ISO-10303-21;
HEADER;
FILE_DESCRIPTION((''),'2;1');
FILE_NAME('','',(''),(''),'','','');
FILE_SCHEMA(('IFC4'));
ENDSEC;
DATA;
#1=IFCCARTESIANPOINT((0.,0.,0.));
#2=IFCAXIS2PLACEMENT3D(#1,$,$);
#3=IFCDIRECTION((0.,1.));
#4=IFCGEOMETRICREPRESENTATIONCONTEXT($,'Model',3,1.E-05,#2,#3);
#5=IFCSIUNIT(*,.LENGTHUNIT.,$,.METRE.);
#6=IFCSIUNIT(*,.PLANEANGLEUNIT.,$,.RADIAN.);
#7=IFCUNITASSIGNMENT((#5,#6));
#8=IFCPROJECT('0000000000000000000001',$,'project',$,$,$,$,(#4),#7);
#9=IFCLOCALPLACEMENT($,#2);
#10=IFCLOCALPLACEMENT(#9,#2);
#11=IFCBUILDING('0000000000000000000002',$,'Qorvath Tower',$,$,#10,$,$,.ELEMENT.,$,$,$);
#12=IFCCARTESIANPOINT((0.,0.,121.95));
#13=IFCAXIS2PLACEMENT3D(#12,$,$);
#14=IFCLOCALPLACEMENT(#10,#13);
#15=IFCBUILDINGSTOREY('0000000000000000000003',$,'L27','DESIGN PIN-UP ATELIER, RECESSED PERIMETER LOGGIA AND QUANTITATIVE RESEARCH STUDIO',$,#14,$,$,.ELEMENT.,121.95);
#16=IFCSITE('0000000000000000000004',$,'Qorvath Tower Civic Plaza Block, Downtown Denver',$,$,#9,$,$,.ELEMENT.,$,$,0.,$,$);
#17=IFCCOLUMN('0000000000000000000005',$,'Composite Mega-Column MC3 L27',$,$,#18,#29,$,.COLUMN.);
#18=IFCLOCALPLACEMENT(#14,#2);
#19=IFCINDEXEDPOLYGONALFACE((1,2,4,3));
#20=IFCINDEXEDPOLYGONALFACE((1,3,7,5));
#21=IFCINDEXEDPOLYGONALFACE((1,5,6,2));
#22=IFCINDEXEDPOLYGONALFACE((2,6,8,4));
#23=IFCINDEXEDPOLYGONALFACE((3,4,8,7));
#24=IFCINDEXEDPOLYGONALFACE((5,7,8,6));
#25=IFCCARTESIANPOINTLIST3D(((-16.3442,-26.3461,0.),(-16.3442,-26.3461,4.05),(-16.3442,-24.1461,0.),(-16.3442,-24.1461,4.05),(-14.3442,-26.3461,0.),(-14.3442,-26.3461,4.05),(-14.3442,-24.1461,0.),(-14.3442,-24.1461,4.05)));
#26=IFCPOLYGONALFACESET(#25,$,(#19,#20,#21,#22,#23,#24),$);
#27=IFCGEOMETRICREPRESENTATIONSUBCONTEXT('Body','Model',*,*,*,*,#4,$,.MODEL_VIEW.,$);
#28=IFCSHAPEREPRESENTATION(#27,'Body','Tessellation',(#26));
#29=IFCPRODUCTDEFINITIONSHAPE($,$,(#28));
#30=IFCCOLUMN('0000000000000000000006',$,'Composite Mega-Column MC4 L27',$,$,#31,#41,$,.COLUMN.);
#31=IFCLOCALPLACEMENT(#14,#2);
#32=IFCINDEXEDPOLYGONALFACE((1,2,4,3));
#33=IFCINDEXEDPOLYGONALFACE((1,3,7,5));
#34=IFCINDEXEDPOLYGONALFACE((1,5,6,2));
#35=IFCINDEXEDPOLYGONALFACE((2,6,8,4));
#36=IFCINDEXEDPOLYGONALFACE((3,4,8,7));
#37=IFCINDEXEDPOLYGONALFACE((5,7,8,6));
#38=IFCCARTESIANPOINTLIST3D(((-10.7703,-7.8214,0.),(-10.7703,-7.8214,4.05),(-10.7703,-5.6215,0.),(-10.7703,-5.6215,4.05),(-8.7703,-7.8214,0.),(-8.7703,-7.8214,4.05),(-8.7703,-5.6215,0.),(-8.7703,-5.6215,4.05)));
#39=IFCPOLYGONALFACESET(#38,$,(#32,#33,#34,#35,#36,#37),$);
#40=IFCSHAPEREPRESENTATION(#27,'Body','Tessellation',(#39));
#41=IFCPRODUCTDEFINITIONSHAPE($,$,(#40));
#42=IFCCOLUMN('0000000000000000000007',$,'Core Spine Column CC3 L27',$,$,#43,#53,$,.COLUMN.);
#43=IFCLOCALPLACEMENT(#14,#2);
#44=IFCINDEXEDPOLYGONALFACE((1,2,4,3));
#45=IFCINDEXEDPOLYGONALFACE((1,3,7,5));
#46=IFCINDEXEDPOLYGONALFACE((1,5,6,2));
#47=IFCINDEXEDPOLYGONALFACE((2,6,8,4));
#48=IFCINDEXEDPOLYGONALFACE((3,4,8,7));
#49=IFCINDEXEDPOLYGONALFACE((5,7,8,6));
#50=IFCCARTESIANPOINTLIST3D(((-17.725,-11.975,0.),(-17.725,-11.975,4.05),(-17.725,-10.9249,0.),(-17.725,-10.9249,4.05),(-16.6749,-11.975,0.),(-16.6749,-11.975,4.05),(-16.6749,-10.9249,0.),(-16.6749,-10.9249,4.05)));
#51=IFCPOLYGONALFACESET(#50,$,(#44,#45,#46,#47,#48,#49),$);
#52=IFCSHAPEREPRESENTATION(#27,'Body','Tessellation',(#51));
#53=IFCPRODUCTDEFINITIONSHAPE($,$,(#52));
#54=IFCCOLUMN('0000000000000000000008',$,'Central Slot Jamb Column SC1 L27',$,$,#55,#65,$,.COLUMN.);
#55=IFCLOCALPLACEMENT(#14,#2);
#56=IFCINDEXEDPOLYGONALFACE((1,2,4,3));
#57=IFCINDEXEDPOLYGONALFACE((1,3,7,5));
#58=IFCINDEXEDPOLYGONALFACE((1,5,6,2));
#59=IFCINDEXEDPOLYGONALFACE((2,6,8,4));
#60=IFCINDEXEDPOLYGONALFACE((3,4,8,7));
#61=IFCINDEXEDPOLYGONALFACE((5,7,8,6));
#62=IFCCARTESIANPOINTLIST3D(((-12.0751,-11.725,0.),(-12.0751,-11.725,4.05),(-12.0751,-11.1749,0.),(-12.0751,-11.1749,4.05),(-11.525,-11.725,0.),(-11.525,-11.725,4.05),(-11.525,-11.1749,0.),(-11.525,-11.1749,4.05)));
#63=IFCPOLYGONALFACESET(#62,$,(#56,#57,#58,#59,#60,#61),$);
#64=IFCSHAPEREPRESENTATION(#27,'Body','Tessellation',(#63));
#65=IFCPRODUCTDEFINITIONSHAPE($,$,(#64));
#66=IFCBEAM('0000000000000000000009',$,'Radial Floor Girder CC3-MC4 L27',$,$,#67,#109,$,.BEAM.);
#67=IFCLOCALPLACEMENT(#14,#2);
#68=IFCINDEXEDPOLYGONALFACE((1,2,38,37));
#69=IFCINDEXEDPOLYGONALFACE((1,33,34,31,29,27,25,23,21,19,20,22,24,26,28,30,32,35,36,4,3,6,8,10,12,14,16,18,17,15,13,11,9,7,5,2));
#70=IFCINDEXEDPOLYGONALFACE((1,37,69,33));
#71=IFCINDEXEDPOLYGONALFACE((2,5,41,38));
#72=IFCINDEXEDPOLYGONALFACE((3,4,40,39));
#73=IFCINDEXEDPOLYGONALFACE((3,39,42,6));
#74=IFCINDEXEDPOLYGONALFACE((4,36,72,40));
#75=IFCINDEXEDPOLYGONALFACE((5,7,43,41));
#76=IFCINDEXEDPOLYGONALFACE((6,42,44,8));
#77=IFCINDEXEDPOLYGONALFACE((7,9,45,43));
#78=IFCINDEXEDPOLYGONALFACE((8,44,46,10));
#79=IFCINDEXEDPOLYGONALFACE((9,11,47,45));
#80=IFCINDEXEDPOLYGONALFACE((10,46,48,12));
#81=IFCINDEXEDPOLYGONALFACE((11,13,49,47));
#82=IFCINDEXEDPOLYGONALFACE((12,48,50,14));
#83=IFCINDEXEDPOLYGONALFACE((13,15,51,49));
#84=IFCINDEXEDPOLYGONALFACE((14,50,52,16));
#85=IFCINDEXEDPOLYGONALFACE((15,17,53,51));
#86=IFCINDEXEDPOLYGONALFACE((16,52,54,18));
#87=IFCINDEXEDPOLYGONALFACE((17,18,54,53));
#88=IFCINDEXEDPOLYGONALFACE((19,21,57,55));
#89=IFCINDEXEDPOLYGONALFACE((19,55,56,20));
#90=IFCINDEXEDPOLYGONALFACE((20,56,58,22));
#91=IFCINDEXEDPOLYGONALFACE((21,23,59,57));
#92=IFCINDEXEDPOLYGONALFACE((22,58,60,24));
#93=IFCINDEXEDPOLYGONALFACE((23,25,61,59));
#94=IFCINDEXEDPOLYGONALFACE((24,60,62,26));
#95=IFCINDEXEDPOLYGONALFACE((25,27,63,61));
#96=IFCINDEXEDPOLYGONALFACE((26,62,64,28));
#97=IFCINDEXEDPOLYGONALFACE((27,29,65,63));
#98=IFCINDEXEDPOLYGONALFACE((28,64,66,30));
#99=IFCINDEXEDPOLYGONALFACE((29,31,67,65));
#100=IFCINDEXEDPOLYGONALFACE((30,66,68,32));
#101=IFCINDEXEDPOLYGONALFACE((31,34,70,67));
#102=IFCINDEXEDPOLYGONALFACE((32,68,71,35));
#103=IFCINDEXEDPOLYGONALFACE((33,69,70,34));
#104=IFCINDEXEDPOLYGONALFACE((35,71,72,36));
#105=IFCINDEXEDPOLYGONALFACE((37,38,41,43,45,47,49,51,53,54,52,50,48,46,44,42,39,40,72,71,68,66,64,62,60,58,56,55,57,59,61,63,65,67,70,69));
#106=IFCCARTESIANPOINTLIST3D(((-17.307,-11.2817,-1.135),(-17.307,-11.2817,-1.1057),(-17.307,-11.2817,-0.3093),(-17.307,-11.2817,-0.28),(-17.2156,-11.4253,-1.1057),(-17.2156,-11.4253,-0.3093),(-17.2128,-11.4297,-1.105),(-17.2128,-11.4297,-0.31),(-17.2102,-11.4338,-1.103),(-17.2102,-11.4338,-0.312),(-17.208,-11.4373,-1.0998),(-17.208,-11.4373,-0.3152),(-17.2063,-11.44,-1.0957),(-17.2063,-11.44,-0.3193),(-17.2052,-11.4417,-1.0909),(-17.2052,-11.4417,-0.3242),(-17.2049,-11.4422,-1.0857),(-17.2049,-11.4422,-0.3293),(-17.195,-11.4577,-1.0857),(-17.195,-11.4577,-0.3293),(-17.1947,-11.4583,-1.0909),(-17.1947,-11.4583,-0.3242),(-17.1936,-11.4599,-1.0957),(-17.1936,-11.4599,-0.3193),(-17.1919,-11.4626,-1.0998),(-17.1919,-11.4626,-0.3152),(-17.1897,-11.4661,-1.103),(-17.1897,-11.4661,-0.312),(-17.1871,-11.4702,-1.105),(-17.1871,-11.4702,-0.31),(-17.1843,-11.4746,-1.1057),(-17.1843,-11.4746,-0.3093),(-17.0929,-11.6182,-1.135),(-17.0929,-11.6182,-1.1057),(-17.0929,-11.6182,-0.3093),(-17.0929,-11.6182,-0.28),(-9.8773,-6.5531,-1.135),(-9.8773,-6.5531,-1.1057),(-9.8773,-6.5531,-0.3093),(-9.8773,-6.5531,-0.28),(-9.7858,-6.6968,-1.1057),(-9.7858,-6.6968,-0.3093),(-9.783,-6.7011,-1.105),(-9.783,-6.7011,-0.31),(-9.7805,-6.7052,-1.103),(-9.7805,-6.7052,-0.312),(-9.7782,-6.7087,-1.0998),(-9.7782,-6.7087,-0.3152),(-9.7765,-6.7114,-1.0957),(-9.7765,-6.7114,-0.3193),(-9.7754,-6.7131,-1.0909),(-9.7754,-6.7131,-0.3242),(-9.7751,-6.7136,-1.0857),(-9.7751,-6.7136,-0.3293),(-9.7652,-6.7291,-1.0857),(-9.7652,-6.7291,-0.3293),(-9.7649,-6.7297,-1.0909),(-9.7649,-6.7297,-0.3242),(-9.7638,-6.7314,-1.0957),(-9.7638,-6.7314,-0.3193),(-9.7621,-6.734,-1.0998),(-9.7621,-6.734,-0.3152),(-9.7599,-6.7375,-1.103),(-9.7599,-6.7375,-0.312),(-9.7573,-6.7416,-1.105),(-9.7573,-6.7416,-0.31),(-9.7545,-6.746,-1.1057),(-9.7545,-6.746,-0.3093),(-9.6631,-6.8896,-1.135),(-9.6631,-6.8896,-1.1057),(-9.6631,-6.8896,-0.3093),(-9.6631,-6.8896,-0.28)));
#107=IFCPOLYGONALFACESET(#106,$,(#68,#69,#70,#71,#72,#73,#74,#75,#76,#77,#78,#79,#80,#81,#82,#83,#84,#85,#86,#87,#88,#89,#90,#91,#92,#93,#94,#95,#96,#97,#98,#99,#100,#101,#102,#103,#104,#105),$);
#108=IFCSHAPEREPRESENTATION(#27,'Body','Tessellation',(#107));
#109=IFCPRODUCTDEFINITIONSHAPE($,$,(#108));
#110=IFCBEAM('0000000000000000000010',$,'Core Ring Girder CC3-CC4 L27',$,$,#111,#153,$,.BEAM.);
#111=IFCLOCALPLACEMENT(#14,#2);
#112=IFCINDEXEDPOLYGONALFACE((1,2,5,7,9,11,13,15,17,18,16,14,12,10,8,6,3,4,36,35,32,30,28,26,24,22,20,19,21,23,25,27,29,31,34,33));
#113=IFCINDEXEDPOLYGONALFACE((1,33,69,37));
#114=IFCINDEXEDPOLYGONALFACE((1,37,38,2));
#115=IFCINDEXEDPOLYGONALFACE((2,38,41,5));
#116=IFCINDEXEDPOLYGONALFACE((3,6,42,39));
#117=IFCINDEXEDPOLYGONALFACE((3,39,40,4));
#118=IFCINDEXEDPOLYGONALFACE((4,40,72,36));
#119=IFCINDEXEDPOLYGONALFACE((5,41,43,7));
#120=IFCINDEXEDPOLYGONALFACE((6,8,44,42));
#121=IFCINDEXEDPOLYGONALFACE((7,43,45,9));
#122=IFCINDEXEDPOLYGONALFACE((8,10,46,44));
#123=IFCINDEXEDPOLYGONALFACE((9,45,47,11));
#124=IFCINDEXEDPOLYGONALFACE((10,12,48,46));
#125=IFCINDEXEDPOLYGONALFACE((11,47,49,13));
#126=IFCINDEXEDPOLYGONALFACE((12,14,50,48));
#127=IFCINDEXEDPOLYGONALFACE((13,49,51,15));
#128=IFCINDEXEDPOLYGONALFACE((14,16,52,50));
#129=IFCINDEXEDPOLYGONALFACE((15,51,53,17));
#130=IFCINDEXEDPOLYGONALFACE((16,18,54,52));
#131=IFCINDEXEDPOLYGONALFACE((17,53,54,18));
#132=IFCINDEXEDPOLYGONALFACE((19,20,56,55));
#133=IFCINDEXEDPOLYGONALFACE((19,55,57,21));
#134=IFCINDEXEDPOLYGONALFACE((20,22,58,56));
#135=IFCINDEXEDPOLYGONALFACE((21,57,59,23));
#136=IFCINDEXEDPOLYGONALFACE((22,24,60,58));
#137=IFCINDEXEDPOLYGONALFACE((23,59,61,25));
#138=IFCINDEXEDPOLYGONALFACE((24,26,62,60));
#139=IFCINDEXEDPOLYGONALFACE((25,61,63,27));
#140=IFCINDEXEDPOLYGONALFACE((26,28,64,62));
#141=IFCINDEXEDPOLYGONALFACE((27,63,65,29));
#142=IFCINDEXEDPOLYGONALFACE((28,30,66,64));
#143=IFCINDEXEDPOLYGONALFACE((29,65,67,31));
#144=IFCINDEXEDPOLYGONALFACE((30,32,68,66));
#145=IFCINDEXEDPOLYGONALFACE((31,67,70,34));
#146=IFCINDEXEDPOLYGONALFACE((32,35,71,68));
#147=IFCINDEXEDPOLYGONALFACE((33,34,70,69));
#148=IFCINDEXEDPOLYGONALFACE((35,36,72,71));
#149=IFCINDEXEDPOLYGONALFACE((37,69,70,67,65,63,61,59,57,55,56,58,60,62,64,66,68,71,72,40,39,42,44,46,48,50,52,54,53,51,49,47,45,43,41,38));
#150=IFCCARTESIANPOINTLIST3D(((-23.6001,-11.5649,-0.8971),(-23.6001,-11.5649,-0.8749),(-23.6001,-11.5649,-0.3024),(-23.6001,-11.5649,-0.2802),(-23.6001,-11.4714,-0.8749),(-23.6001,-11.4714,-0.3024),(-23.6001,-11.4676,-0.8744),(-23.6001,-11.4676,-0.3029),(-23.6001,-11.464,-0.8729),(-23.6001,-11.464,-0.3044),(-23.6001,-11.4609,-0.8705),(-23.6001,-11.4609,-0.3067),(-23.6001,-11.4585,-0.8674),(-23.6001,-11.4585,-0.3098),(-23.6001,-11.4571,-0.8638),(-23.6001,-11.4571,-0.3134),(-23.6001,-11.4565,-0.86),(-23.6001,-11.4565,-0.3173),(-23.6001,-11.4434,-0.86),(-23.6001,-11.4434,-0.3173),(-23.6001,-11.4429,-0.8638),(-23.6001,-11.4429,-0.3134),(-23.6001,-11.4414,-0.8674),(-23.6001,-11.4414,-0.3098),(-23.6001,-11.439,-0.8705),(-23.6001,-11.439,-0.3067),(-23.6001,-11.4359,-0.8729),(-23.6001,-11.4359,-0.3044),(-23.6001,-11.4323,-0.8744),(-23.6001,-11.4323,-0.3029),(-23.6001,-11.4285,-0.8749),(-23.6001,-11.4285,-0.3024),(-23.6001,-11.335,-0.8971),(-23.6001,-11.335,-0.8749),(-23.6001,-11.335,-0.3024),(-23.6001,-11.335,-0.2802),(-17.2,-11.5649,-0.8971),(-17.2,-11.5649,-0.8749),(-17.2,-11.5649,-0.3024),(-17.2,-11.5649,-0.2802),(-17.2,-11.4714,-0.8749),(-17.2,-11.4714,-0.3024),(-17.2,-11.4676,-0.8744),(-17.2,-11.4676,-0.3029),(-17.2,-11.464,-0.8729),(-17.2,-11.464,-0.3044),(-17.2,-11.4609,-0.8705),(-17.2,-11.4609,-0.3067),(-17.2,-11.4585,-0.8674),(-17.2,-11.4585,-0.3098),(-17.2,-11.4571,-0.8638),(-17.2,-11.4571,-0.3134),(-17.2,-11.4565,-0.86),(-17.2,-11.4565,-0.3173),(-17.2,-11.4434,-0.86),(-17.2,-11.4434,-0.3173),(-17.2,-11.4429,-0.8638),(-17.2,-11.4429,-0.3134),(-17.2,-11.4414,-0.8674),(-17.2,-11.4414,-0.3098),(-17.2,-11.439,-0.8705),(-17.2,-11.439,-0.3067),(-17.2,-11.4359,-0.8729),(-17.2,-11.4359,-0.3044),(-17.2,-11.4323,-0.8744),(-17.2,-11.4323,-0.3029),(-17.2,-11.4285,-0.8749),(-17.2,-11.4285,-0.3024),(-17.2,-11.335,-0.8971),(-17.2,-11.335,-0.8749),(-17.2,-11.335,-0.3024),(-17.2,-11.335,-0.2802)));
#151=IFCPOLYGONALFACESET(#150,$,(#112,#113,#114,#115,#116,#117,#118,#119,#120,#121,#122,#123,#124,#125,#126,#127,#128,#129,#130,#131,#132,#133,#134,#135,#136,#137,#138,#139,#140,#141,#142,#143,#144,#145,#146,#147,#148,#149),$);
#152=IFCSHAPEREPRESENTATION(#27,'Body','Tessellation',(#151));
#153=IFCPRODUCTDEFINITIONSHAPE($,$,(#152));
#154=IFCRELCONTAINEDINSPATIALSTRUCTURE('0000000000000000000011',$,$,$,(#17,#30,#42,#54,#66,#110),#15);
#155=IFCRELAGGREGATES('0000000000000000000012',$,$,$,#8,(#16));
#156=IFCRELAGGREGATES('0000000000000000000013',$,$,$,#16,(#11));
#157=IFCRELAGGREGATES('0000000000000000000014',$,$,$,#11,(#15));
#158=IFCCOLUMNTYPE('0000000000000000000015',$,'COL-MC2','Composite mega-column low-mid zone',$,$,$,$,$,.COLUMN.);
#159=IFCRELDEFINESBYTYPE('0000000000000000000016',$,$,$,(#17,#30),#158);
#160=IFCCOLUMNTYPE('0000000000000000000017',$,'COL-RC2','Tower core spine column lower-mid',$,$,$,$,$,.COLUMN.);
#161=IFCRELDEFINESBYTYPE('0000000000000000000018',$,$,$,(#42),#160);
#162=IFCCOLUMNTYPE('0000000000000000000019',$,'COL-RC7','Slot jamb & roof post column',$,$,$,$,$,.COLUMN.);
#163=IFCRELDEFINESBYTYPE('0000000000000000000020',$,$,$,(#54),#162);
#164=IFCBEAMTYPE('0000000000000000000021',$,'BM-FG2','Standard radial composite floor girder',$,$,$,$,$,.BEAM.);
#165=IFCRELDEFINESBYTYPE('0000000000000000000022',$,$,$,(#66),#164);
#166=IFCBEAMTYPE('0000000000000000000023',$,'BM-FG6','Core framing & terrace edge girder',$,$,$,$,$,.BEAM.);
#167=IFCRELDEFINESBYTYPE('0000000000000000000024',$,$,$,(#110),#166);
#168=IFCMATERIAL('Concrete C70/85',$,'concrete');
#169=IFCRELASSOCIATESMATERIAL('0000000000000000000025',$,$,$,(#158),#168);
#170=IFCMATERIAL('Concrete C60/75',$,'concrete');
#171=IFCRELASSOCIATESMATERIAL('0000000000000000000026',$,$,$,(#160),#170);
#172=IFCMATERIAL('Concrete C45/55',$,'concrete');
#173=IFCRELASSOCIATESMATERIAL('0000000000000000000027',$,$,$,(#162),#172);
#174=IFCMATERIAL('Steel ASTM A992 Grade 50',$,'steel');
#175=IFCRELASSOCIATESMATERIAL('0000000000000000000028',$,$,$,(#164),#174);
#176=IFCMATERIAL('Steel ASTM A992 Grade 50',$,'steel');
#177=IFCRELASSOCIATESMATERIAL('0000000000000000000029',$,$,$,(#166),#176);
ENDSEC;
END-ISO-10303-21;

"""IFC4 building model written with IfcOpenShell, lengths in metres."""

from ifc_helpers import new_model, si_unit, direction, frame, origin, origin_2d, place, context, subcontext, project, spatial, rectangle, i_section, extrude, material, material_profile, profile_set, type_object, element, save


model = new_model("IFC4")

# Units and contexts
model_context = context("Model", 3, precision=1e-05, world=origin(), true_north=direction((0.0, 1.0)))
body_context = subcontext(model_context, "Body", "Model", "MODEL_VIEW")
ifc_project = project(units=[si_unit("LENGTHUNIT", "METRE"), si_unit("PLANEANGLEUNIT", "RADIAN")], contexts=[model_context])

# Site, building, storey
site_placement = place(None, origin())
site = spatial("IfcSite", under=ifc_project, at=site_placement, Name="Qorvath Tower Civic Plaza Block, Downtown Denver", CompositionType="ELEMENT", RefElevation=0.0)
building_placement = place(site_placement, origin())
building = spatial("IfcBuilding", under=site, at=building_placement, Name="Qorvath Tower", CompositionType="ELEMENT")
storey_placement = place(building_placement, frame((0.0, 0.0, 121.95)))
storey = spatial("IfcBuildingStorey", under=building, at=storey_placement, Name="L27", Description="DESIGN PIN-UP ATELIER, RECESSED PERIMETER LOGGIA AND QUANTITATIVE RESEARCH STUDIO", CompositionType="ELEMENT", Elevation=121.95)

# Columns
ifc_material_1 = material(Name="Concrete C70/85", Category="concrete")
ifc_material_profile_1 = material_profile(ifc_material_1, rectangle(XDim=2.0, YDim=2.2, at=origin_2d()), Name="MC 2200x2000")
ifc_profile_set_1 = profile_set([ifc_material_profile_1], Name="Concrete C70/85")
column_type_1 = type_object("IfcColumnType", Name="COL-MC2", Description="Composite mega-column low-mid zone", PredefinedType="COLUMN", material=ifc_profile_set_1)
for number, where, z_axis, x_axis, name in (
    (1, (-15.3442, -25.2461, 0.0), (0.0, 0.0, 1.0), (1.0, 0.0, 0.0), "Composite Mega-Column MC3 L27"),
    (2, (-9.7703, -6.7214, 0.0), (0.0, 0.0, 1.0), (1.0, 0.0, 0.0), "Composite Mega-Column MC4 L27"),
):
    element("IfcColumn", number, at=place(storey_placement, frame(where, z_axis=z_axis, x_axis=x_axis)), inside=storey, type_object=column_type_1, Name=name, PredefinedType="COLUMN", context=body_context, shape_type="SweptSolid", body=[
        extrude(rectangle(XDim=2.0, YDim=2.2, at=origin_2d()), origin(), (0.0, 0.0, 1.0), 4.05),
    ])
ifc_material_2 = material(Name="Concrete C60/75", Category="concrete")
ifc_material_profile_2 = material_profile(ifc_material_2, rectangle(XDim=1.05, YDim=1.05, at=origin_2d()), Name="RC 1050x1050")
ifc_profile_set_2 = profile_set([ifc_material_profile_2], Name="Concrete C60/75")
column_type_2 = type_object("IfcColumnType", Name="COL-RC2", Description="Tower core spine column lower-mid", PredefinedType="COLUMN", material=ifc_profile_set_2)
column_1_placement = place(storey_placement, frame((-17.2, -11.45, 0.0), z_axis=(0.0, 0.0, 1.0), x_axis=(1.0, 0.0, 0.0)))
element("IfcColumn", 3, at=column_1_placement, inside=storey, type_object=column_type_2, Name="Core Spine Column CC3 L27", PredefinedType="COLUMN", context=body_context, shape_type="SweptSolid", body=[
    extrude(rectangle(XDim=1.05, YDim=1.05, at=origin_2d()), origin(), (0.0, 0.0, 1.0), 4.05),
])
ifc_material_3 = material(Name="Concrete C45/55", Category="concrete")
ifc_material_profile_3 = material_profile(ifc_material_3, rectangle(XDim=0.55, YDim=0.55, at=origin_2d()), Name="RC 550x550")
ifc_profile_set_3 = profile_set([ifc_material_profile_3], Name="Concrete C45/55")
column_type_3 = type_object("IfcColumnType", Name="COL-RC7", Description="Slot jamb & roof post column", PredefinedType="COLUMN", material=ifc_profile_set_3)
column_2_placement = place(storey_placement, frame((-11.8, -11.45, 0.0), z_axis=(0.0, 0.0, 1.0), x_axis=(1.0, 0.0, 0.0)))
element("IfcColumn", 4, at=column_2_placement, inside=storey, type_object=column_type_3, Name="Central Slot Jamb Column SC1 L27", PredefinedType="COLUMN", context=body_context, shape_type="SweptSolid", body=[
    extrude(rectangle(XDim=0.55, YDim=0.55, at=origin_2d()), origin(), (0.0, 0.0, 1.0), 4.05),
])

# Beams
ifc_material_4 = material(Name="Steel ASTM A992 Grade 50", Category="steel")
ifc_material_profile_4 = material_profile(ifc_material_4, i_section(OverallWidth=0.3989, OverallDepth=0.855, WebThickness=0.0183, FlangeThickness=0.0293, FilletRadius=0.02, at=origin_2d()), Name="W33x201")
ifc_profile_set_4 = profile_set([ifc_material_profile_4], Name="Steel ASTM A992 Grade 50")
beam_type_1 = type_object("IfcBeamType", Name="BM-FG2", Description="Standard radial composite floor girder", PredefinedType="BEAM", material=ifc_profile_set_4)
beam_1_placement = place(storey_placement, frame((-17.2, -11.45, -0.7075), z_axis=(0.843634, 0.536919, 0.0), x_axis=(-0.536919, 0.843634, 0.0)))
element("IfcBeam", 5, at=beam_1_placement, inside=storey, type_object=beam_type_1, Name="Radial Floor Girder CC3-MC4 L27", PredefinedType="BEAM", context=body_context, shape_type="SweptSolid", body=[
    extrude(i_section(OverallWidth=0.3989, OverallDepth=0.855, WebThickness=0.0183, FlangeThickness=0.0293, FilletRadius=0.02, at=origin_2d()), origin(), (0.0, 0.0, 1.0), 8.8069),
])
ifc_material_5 = material(Name="Steel ASTM A992 Grade 50", Category="steel")
ifc_material_profile_5 = material_profile(ifc_material_5, i_section(OverallWidth=0.23, OverallDepth=0.6169, WebThickness=0.0132, FlangeThickness=0.0222, FilletRadius=0.0149, at=origin_2d()), Name="W24x94")
ifc_profile_set_5 = profile_set([ifc_material_profile_5], Name="Steel ASTM A992 Grade 50")
beam_type_2 = type_object("IfcBeamType", Name="BM-FG6", Description="Core framing & terrace edge girder", PredefinedType="BEAM", material=ifc_profile_set_5)
beam_2_placement = place(storey_placement, frame((-17.2, -11.45, -0.5886), z_axis=(-1.0, 0.0, 0.0), x_axis=(0.0, -1.0, 0.0)))
element("IfcBeam", 6, at=beam_2_placement, inside=storey, type_object=beam_type_2, Name="Core Ring Girder CC3-CC4 L27", PredefinedType="BEAM", context=body_context, shape_type="SweptSolid", body=[
    extrude(i_section(OverallWidth=0.23, OverallDepth=0.6169, WebThickness=0.0132, FlangeThickness=0.0222, FilletRadius=0.0149, at=origin_2d()), origin(), (0.0, 0.0, 1.0), 6.4001),
])

save(model, "model.ifc")
